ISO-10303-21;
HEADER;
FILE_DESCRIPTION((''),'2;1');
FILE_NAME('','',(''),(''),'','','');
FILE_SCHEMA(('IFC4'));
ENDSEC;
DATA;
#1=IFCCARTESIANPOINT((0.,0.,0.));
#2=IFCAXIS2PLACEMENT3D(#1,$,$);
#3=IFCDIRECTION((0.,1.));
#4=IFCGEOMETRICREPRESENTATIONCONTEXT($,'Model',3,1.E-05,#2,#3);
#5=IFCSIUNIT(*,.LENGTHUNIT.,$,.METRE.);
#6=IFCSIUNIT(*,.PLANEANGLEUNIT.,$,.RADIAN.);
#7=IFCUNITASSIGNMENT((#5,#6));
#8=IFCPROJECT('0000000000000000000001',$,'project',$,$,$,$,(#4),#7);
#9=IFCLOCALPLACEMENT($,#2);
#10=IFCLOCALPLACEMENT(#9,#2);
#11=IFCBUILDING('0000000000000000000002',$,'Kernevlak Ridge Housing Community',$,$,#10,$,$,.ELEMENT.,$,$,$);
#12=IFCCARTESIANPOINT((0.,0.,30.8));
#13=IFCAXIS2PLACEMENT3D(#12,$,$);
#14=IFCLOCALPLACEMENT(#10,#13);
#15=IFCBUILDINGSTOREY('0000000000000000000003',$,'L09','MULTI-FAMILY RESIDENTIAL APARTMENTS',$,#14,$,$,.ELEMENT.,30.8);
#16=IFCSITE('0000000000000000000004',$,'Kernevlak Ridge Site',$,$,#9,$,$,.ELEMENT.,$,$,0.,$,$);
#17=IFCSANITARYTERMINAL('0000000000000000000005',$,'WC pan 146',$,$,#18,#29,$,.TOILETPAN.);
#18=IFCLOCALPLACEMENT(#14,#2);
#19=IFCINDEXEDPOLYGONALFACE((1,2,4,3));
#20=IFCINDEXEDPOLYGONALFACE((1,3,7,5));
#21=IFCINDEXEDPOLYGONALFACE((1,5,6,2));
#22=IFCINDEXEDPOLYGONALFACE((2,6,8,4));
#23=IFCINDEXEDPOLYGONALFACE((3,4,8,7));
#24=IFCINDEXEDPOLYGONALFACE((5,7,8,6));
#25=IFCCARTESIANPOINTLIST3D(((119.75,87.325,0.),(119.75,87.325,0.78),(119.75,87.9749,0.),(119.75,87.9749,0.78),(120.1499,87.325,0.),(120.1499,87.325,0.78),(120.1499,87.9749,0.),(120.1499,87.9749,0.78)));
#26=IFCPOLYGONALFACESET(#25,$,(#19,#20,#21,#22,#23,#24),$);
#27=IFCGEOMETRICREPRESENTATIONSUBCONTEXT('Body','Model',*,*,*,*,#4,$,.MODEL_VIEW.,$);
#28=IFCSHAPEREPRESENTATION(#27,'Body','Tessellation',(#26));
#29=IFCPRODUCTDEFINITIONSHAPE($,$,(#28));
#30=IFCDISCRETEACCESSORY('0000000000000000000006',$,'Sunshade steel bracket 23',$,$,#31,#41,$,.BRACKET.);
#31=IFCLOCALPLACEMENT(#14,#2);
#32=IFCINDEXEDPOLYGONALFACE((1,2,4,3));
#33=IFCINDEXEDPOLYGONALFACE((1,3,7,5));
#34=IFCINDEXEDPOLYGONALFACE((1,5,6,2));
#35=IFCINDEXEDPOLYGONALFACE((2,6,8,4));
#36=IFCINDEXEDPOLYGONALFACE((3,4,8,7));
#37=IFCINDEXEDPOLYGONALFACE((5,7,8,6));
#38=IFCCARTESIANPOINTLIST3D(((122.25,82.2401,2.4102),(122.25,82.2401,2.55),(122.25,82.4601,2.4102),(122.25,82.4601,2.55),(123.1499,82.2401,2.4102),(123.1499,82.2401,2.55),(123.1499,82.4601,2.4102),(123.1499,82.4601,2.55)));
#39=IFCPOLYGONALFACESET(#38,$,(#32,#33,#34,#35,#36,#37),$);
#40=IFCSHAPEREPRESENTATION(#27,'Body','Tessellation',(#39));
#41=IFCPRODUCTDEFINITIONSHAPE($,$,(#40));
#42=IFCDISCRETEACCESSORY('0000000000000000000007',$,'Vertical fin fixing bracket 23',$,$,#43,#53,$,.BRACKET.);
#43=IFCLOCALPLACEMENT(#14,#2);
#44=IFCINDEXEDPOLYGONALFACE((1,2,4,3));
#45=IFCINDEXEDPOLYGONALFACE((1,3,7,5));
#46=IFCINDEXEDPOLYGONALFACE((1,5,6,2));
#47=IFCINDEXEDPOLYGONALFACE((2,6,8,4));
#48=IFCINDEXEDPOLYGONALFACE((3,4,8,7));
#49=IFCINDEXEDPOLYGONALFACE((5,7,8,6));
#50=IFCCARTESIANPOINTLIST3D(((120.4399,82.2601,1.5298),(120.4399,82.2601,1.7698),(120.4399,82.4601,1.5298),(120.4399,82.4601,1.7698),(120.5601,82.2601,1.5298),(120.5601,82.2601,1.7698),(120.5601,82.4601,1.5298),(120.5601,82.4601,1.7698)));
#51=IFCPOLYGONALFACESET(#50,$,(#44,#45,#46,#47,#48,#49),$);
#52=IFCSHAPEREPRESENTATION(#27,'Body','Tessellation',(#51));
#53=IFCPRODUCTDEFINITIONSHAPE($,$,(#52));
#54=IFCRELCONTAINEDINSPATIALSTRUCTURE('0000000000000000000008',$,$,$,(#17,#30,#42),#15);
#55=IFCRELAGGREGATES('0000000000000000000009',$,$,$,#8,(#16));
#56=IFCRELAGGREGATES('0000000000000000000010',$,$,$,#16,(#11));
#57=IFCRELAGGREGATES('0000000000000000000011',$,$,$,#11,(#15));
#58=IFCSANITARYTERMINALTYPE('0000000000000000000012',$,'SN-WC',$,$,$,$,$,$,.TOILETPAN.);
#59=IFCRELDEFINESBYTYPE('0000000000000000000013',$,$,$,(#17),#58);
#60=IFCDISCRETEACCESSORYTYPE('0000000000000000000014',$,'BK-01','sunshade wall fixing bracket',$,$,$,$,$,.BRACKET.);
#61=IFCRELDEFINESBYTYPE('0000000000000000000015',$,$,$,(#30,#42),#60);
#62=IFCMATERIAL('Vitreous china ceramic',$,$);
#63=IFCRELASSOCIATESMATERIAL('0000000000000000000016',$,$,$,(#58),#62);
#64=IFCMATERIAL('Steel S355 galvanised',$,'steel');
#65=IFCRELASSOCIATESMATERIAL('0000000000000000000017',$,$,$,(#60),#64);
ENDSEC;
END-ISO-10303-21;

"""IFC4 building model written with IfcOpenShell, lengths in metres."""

from ifc_helpers import new_model, si_unit, direction, frame, origin, origin_2d, place, context, subcontext, project, spatial, rectangle, extrude, material, type_object, element, save


model = new_model("IFC4")

# Units and contexts
model_context = context("Model", 3, precision=1e-05, world=origin(), true_north=direction((0.0, 1.0)))
body_context = subcontext(model_context, "Body", "Model", "MODEL_VIEW")
ifc_project = project(units=[si_unit("LENGTHUNIT", "METRE"), si_unit("PLANEANGLEUNIT", "RADIAN")], contexts=[model_context])

# Site, building, storey
site_placement = place(None, origin())
site = spatial("IfcSite", under=ifc_project, at=site_placement, Name="Kernevlak Ridge Site", CompositionType="ELEMENT", RefElevation=0.0)
building_placement = place(site_placement, origin())
building = spatial("IfcBuilding", under=site, at=building_placement, Name="Kernevlak Ridge Housing Community", CompositionType="ELEMENT")
storey_placement = place(building_placement, frame((0.0, 0.0, 30.8)))
storey = spatial("IfcBuildingStorey", under=building, at=storey_placement, Name="L09", Description="MULTI-FAMILY RESIDENTIAL APARTMENTS", CompositionType="ELEMENT", Elevation=30.8)

# Sanitary terminal
ifc_material_1 = material(Name="Vitreous china ceramic")
sanitary_terminal_type_1 = type_object("IfcSanitaryTerminalType", Name="SN-WC", PredefinedType="TOILETPAN", material=ifc_material_1)
sanitary_terminal_1_placement = place(storey_placement, frame((119.95, 87.6499, 0.0), z_axis=(0.0, 0.0, 1.0), x_axis=(1.0, 0.0, 0.0)))
element("IfcSanitaryTerminal", 1, at=sanitary_terminal_1_placement, inside=storey, type_object=sanitary_terminal_type_1, Name="WC pan 146", PredefinedType="TOILETPAN", context=body_context, shape_type="SweptSolid", body=[
    extrude(rectangle(XDim=0.3999, YDim=0.6499, at=origin_2d()), origin(), (0.0, 0.0, 1.0), 0.78),
])

# Discrete accessories
ifc_material_2 = material(Name="Steel S355 galvanised", Category="steel")
discrete_accessory_type = type_object("IfcDiscreteAccessoryType", Name="BK-01", Description="sunshade wall fixing bracket", PredefinedType="BRACKET", material=ifc_material_2)
discrete_accessory_1_placement = place(storey_placement, frame((122.7, 82.3501, 2.4102), z_axis=(0.0, 0.0, 1.0), x_axis=(1.0, 0.0, 0.0)))
element("IfcDiscreteAccessory", 2, at=discrete_accessory_1_placement, inside=storey, type_object=discrete_accessory_type, Name="Sunshade steel bracket 23", PredefinedType="BRACKET", context=body_context, shape_type="SweptSolid", body=[
    extrude(rectangle(XDim=0.8999, YDim=0.22, at=origin_2d()), origin(), (0.0, 0.0, 1.0), 0.1399),
])
discrete_accessory_2_placement = place(storey_placement, frame((120.5, 82.3601, 1.5298), z_axis=(0.0, 0.0, 1.0), x_axis=(1.0, 0.0, 0.0)))
element("IfcDiscreteAccessory", 3, at=discrete_accessory_2_placement, inside=storey, type_object=discrete_accessory_type, Name="Vertical fin fixing bracket 23", PredefinedType="BRACKET", context=body_context, shape_type="SweptSolid", body=[
    extrude(rectangle(XDim=0.1201, YDim=0.2, at=origin_2d()), origin(), (0.0, 0.0, 1.0), 0.24),
])

save(model, "model.ifc")
